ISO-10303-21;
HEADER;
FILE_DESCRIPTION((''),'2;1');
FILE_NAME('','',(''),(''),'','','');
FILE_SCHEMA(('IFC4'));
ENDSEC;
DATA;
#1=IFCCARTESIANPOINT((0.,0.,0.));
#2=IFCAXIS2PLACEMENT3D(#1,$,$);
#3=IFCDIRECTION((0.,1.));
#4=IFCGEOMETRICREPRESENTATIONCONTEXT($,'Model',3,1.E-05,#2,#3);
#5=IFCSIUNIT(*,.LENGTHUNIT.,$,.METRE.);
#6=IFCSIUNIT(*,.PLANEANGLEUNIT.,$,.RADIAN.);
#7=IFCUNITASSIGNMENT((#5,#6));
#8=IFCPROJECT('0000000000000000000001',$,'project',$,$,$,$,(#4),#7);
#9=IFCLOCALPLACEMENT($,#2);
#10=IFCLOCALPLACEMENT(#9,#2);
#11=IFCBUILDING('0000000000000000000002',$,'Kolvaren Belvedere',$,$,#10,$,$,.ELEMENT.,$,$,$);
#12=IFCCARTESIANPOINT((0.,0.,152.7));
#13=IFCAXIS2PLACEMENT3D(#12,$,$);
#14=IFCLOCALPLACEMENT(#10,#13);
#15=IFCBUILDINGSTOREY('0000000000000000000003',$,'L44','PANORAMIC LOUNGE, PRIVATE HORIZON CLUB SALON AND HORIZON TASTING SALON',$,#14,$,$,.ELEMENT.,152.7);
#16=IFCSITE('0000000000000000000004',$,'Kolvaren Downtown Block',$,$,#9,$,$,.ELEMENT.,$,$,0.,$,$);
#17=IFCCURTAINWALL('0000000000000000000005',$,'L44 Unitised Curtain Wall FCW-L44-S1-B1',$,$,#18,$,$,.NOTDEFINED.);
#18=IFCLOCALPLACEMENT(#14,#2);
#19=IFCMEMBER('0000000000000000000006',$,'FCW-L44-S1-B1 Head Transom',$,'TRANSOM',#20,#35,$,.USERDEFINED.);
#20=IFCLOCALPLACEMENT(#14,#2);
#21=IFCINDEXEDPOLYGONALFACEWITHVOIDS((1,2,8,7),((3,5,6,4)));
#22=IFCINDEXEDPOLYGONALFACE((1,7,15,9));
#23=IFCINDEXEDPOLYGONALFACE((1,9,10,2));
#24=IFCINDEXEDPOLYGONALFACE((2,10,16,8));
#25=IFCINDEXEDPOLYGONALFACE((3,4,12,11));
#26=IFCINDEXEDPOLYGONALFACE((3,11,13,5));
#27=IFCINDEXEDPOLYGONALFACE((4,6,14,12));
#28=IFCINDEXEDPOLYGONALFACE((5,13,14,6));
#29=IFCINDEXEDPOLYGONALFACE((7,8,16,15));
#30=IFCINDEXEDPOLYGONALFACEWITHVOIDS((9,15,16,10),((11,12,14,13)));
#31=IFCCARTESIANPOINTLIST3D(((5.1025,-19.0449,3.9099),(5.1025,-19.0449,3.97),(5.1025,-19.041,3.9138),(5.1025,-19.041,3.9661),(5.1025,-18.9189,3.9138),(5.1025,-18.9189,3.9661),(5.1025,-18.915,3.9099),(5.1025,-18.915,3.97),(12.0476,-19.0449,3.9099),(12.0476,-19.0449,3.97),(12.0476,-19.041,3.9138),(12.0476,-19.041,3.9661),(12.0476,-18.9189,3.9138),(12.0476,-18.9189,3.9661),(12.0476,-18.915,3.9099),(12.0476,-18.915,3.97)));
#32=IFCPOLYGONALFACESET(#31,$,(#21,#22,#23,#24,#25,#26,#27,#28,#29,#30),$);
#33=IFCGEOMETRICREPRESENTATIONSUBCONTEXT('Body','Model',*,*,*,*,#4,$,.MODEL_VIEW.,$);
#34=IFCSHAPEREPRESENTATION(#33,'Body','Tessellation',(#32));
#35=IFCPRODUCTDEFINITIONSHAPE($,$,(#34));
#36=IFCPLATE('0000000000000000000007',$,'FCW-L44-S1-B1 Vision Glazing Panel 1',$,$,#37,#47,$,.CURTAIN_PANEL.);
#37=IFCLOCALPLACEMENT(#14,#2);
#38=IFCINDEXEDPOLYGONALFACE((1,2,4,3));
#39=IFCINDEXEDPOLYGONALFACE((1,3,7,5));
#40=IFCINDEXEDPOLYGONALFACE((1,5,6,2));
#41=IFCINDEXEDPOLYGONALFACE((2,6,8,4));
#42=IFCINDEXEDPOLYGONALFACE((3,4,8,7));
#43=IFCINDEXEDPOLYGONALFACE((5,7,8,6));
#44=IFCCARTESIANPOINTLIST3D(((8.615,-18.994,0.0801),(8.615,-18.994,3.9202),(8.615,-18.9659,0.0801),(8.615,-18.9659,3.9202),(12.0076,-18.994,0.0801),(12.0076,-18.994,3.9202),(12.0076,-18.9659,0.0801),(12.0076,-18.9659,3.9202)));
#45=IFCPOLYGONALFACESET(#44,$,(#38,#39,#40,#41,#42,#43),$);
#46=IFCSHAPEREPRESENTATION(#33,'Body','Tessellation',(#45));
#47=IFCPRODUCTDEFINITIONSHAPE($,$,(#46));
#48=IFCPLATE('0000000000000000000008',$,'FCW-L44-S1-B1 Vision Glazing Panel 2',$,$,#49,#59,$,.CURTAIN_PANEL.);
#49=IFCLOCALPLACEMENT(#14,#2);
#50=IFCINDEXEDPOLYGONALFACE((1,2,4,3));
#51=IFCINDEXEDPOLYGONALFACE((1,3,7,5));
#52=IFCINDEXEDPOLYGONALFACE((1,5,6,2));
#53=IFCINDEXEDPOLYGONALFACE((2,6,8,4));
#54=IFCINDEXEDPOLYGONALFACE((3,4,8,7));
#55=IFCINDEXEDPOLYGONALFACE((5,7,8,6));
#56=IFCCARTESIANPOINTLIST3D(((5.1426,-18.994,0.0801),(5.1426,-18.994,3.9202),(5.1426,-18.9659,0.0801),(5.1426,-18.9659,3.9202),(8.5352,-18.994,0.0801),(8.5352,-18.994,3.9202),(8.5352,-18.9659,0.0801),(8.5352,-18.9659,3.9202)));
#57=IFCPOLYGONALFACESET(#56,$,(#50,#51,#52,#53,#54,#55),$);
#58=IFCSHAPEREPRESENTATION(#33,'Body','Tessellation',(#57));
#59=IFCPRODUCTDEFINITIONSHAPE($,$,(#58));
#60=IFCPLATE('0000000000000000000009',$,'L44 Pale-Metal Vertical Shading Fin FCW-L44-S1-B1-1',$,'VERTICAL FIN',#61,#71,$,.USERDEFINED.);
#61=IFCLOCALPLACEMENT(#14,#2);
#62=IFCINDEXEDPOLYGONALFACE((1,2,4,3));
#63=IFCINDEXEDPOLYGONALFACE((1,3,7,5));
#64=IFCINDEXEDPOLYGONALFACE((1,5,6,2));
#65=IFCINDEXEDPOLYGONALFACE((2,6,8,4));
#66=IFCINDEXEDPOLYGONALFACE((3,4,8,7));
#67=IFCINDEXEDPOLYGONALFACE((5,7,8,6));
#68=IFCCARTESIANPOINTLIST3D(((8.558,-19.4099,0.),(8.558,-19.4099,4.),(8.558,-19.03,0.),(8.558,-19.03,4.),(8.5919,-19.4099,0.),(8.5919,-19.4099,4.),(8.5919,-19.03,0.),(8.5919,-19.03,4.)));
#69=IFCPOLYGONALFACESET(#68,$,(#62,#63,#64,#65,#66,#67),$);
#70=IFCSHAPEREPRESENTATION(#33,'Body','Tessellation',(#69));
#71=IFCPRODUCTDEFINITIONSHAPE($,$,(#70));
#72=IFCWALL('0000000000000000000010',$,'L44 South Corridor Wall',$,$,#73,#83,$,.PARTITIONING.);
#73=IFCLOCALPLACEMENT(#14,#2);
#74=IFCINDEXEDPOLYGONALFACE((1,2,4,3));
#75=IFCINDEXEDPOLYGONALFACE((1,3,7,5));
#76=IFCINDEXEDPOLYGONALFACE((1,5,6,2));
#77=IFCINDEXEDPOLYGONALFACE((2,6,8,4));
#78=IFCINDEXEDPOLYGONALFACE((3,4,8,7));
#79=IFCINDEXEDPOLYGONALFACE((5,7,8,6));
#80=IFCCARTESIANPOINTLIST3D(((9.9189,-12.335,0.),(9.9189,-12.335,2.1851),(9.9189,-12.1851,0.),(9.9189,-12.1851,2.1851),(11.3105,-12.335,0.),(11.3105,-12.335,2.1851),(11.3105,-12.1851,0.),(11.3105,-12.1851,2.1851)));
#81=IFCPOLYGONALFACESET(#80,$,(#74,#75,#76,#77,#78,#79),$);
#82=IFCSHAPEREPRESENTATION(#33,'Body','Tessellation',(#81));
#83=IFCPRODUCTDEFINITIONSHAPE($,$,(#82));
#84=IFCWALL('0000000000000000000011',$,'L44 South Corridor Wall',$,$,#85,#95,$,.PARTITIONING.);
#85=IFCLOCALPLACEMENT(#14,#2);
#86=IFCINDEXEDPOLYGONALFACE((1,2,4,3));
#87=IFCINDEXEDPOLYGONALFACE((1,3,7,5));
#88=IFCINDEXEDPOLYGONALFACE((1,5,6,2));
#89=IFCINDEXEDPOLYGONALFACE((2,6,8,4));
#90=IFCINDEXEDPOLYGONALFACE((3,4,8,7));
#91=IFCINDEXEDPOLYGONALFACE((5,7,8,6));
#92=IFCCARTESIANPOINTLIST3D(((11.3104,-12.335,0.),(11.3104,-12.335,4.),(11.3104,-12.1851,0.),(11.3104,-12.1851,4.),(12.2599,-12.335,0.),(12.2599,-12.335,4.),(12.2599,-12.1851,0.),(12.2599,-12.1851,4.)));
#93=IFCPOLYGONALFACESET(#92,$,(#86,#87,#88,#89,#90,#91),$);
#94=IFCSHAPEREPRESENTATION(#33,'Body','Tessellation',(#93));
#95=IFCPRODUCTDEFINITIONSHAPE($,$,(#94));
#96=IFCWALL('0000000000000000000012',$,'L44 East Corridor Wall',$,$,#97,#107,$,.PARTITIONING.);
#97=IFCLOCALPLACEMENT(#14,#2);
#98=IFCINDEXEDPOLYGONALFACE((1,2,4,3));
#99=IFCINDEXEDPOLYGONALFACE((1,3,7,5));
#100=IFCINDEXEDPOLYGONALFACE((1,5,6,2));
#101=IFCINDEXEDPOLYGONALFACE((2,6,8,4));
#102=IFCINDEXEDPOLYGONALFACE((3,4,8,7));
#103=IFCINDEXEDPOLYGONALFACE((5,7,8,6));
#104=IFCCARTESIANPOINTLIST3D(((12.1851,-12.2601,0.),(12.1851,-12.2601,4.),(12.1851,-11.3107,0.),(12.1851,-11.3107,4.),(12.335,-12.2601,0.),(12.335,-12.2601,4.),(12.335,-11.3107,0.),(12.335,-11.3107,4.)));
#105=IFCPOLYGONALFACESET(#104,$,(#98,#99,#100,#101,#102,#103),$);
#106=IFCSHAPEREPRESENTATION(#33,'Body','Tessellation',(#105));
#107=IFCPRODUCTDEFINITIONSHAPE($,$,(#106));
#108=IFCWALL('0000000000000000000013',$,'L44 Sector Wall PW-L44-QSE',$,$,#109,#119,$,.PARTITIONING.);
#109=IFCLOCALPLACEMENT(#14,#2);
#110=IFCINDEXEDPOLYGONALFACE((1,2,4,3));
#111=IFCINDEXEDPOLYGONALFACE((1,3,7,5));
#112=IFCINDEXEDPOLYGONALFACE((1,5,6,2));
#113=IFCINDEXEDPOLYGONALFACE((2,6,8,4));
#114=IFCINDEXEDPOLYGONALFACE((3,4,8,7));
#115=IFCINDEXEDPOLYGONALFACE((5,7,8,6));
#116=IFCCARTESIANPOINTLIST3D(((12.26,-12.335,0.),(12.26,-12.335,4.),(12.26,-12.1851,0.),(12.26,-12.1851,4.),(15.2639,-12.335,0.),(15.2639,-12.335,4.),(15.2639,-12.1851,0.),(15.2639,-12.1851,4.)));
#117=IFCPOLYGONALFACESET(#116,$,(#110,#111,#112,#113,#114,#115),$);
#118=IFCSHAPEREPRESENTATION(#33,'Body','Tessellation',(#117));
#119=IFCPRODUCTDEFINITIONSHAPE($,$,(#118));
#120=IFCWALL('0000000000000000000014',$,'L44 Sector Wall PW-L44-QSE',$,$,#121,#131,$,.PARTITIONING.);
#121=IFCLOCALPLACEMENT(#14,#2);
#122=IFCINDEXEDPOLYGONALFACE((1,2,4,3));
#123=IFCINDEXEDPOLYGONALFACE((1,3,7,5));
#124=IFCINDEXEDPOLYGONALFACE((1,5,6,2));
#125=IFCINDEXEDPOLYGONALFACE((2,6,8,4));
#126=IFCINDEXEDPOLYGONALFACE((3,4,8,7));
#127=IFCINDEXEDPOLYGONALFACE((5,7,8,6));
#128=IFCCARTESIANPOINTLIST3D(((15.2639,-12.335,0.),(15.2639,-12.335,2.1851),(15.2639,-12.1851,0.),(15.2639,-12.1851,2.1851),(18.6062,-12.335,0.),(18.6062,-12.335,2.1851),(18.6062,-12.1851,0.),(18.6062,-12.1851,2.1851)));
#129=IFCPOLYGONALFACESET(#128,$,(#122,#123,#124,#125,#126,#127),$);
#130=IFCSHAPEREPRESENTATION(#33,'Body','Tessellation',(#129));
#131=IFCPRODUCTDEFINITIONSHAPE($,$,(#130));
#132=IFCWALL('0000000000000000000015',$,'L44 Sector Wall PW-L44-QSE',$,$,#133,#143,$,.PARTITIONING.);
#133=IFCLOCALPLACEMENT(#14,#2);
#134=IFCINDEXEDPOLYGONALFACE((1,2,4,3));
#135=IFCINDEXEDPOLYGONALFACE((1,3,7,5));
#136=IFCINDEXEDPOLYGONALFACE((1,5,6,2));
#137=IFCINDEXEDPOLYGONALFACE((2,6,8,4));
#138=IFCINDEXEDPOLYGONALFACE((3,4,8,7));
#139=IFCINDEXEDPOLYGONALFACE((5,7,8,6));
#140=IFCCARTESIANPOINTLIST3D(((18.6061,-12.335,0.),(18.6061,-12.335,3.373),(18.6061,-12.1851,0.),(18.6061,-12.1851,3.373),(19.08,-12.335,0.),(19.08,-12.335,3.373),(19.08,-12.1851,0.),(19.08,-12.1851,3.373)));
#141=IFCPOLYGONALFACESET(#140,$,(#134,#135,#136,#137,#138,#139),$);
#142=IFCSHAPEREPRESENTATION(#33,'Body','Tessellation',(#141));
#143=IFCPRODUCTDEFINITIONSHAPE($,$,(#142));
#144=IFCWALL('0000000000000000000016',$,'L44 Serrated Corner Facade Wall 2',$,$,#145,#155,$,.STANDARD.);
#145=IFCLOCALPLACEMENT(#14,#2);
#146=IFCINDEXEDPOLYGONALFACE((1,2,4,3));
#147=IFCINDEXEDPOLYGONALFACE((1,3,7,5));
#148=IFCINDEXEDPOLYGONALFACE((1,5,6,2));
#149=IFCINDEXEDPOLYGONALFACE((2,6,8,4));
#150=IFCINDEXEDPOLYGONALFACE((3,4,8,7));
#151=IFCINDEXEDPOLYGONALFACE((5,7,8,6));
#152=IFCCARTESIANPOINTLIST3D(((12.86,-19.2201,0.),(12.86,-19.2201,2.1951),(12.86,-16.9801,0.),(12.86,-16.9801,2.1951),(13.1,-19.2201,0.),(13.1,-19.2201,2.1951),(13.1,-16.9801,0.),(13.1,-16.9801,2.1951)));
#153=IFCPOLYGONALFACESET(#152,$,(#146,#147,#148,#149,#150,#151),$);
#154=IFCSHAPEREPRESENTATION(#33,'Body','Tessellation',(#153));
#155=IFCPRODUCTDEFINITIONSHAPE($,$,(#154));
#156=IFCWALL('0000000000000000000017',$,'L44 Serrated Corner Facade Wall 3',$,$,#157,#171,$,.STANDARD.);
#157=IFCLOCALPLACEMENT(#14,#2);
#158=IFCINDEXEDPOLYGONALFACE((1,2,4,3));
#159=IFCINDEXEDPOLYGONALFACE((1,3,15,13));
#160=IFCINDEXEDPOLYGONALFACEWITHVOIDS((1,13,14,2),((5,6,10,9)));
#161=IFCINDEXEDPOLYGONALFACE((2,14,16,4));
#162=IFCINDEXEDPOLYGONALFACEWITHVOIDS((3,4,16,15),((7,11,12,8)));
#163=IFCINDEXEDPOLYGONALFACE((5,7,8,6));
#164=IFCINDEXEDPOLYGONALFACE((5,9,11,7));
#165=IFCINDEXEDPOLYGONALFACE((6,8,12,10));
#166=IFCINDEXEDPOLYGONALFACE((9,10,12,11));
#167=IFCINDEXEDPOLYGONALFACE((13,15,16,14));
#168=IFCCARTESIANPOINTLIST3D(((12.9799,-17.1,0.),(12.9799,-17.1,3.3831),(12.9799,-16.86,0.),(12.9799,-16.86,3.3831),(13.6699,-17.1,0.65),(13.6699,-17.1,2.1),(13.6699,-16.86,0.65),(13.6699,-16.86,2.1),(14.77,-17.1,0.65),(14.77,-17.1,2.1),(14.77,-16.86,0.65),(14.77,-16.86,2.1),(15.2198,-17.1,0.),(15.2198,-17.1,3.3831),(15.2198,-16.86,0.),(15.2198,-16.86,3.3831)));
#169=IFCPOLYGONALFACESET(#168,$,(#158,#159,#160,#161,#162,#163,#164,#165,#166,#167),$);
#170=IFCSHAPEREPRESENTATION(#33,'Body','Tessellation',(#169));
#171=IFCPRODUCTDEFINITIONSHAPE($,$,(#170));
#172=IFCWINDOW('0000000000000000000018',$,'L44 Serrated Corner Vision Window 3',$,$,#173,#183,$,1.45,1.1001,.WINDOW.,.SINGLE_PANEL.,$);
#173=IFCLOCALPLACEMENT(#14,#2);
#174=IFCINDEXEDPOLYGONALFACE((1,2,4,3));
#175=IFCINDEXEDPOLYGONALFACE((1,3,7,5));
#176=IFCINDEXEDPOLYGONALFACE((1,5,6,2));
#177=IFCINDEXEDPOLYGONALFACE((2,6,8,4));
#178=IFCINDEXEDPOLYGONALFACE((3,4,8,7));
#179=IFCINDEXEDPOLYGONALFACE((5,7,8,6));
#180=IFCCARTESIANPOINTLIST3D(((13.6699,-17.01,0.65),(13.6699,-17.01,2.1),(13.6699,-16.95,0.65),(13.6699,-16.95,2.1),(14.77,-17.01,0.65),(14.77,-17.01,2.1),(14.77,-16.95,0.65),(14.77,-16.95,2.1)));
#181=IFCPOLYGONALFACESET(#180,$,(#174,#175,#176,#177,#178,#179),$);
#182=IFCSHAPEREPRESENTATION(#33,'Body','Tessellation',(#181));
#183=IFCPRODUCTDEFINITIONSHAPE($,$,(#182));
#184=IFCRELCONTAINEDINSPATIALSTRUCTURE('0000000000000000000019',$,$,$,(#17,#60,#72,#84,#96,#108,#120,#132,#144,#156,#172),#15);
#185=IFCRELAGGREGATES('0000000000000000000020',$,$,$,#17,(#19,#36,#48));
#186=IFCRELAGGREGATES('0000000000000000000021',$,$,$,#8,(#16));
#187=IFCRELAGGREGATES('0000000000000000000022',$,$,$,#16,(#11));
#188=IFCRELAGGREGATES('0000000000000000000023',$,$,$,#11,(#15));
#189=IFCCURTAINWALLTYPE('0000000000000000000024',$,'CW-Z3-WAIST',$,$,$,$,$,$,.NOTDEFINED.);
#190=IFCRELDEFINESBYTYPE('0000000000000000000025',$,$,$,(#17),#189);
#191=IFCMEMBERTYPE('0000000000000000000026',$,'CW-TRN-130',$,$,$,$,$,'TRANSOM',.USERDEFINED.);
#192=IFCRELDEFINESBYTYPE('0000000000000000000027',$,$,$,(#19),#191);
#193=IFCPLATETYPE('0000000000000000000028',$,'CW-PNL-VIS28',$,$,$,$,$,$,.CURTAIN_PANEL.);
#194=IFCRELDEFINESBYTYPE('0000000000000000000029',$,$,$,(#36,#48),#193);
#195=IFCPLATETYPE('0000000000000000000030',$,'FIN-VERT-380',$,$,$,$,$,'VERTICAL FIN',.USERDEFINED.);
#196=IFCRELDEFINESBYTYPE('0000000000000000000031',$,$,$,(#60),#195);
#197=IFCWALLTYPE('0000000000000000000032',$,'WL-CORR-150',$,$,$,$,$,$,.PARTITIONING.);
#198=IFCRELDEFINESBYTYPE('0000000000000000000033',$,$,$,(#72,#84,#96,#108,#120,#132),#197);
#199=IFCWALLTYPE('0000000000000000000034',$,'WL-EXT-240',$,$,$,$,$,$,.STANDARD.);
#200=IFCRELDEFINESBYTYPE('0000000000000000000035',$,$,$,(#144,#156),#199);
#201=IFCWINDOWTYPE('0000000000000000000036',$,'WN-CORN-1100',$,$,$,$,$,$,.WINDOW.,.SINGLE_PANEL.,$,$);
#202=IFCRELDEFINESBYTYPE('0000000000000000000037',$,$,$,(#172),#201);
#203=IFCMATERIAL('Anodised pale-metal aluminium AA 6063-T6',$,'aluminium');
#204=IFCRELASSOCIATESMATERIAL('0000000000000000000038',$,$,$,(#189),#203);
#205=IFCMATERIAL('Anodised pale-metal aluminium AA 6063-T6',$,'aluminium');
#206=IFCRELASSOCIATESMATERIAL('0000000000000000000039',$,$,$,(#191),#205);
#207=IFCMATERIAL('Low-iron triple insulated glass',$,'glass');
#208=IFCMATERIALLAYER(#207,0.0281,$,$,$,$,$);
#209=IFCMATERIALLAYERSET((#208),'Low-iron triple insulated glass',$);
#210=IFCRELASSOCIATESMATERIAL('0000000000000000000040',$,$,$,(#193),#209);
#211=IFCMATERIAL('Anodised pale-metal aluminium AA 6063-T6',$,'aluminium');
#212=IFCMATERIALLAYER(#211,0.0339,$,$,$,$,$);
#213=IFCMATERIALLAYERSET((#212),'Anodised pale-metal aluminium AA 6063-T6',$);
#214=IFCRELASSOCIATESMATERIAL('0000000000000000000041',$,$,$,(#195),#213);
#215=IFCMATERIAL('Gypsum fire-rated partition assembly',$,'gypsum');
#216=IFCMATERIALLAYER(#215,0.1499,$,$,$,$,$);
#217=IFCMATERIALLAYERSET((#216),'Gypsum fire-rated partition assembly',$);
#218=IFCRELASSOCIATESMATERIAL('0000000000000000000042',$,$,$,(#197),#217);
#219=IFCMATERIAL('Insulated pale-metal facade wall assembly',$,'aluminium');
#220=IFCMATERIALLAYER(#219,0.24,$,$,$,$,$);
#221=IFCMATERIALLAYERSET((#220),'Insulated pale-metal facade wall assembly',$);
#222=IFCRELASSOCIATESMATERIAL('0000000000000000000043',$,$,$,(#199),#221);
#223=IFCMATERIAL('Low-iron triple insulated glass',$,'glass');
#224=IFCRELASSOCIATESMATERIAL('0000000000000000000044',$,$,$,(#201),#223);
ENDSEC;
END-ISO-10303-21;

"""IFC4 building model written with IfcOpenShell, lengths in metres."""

from ifc_helpers import new_model, si_unit, direction, frame, frame_2d, origin, origin_2d, place, context, subcontext, project, spatial, rectangle, hollow_rectangle, extrude, material, layer, layer_set, material_profile, profile_set, type_object, element, fill, aggregate, save


model = new_model("IFC4")

# Units and contexts
model_context = context("Model", 3, precision=1e-05, world=origin(), true_north=direction((0.0, 1.0)))
body_context = subcontext(model_context, "Body", "Model", "MODEL_VIEW")
ifc_project = project(units=[si_unit("LENGTHUNIT", "METRE"), si_unit("PLANEANGLEUNIT", "RADIAN")], contexts=[model_context])

# Site, building, storey
site_placement = place(None, origin())
site = spatial("IfcSite", under=ifc_project, at=site_placement, Name="Kolvaren Downtown Block", CompositionType="ELEMENT", RefElevation=0.0)
building_placement = place(site_placement, origin())
building = spatial("IfcBuilding", under=site, at=building_placement, Name="Kolvaren Belvedere", CompositionType="ELEMENT")
storey_placement = place(building_placement, frame((0.0, 0.0, 152.7)))
storey = spatial("IfcBuildingStorey", under=building, at=storey_placement, Name="L44", Description="PANORAMIC LOUNGE, PRIVATE HORIZON CLUB SALON AND HORIZON TASTING SALON", CompositionType="ELEMENT", Elevation=152.7)

# Curtain wall, member, plates
ifc_material_1 = material(Name="Anodised pale-metal aluminium AA 6063-T6", Category="aluminium")
curtain_wall_type = type_object("IfcCurtainWallType", Name="CW-Z3-WAIST", PredefinedType="NOTDEFINED", material=ifc_material_1)
curtain_wall_placement = place(storey_placement, origin())
curtain_wall = element("IfcCurtainWall", 1, at=curtain_wall_placement, inside=storey, type_object=curtain_wall_type, Name="L44 Unitised Curtain Wall FCW-L44-S1-B1", PredefinedType="NOTDEFINED")
ifc_material_2 = material(Name="Anodised pale-metal aluminium AA 6063-T6", Category="aluminium")
ifc_material_profile_1 = material_profile(ifc_material_2, hollow_rectangle(XDim=0.0601, YDim=0.1299, WallThickness=0.0039, at=origin_2d()), Name="ALU-TRN-130X60")
ifc_profile_set_1 = profile_set([ifc_material_profile_1], Name="Anodised pale-metal aluminium AA 6063-T6")
member_type_1 = type_object("IfcMemberType", Name="CW-TRN-130", ElementType="TRANSOM", PredefinedType="USERDEFINED", material=ifc_profile_set_1)
member_1_placement = place(storey_placement, frame((12.0476, -18.98, 3.9399), z_axis=(-1.0, 0.0, 0.0), x_axis=(0.0, 0.0, 1.0)))
member_1 = element("IfcMember", 2, at=member_1_placement, type_object=member_type_1, Name="FCW-L44-S1-B1 Head Transom", ObjectType="TRANSOM", PredefinedType="USERDEFINED", context=body_context, shape_type="SweptSolid", body=[
    extrude(hollow_rectangle(XDim=0.0601, YDim=0.1299, WallThickness=0.0039, at=origin_2d()), origin(), (0.0, 0.0, 1.0), 6.9451),
])
ifc_material_3 = material(Name="Low-iron triple insulated glass", Category="glass")
ifc_layer_1 = layer(ifc_material_3, 0.0281)
ifc_layer_set_1 = layer_set([ifc_layer_1], Name="Low-iron triple insulated glass")
plate_type_1 = type_object("IfcPlateType", Name="CW-PNL-VIS28", PredefinedType="CURTAIN_PANEL", material=ifc_layer_set_1)
plate_1_placement = place(storey_placement, frame((10.3113, -18.98, 0.0801), z_axis=(0.0, 0.0, 1.0), x_axis=(-1.0, 0.0, 0.0)))
plate_1 = element("IfcPlate", 3, at=plate_1_placement, type_object=plate_type_1, Name="FCW-L44-S1-B1 Vision Glazing Panel 1", PredefinedType="CURTAIN_PANEL", context=body_context, shape_type="SweptSolid", body=[
    extrude(rectangle(XDim=3.3926, YDim=0.0281, at=origin_2d()), origin(), (0.0, 0.0, 1.0), 3.8401),
])
plate_2_placement = place(storey_placement, frame((6.8389, -18.98, 0.0801), z_axis=(0.0, 0.0, 1.0), x_axis=(-1.0, 0.0, 0.0)))
plate_2 = element("IfcPlate", 4, at=plate_2_placement, type_object=plate_type_1, Name="FCW-L44-S1-B1 Vision Glazing Panel 2", PredefinedType="CURTAIN_PANEL", context=body_context, shape_type="SweptSolid", body=[
    extrude(rectangle(XDim=3.3926, YDim=0.0281, at=origin_2d()), origin(), (0.0, 0.0, 1.0), 3.8401),
])
aggregate(curtain_wall, [member_1, plate_1, plate_2])

# Plate
ifc_material_4 = material(Name="Anodised pale-metal aluminium AA 6063-T6", Category="aluminium")
ifc_layer_2 = layer(ifc_material_4, 0.0339)
ifc_layer_set_2 = layer_set([ifc_layer_2], Name="Anodised pale-metal aluminium AA 6063-T6")
plate_type_2 = type_object("IfcPlateType", Name="FIN-VERT-380", ElementType="VERTICAL FIN", PredefinedType="USERDEFINED", material=ifc_layer_set_2)
plate_3_placement = place(storey_placement, frame((8.575, -19.22, 0.0), z_axis=(0.0, 0.0, 1.0), x_axis=(0.0, 1.0, 0.0)))
element("IfcPlate", 5, at=plate_3_placement, inside=storey, type_object=plate_type_2, Name="L44 Pale-Metal Vertical Shading Fin FCW-L44-S1-B1-1", ObjectType="VERTICAL FIN", PredefinedType="USERDEFINED", context=body_context, shape_type="SweptSolid", body=[
    extrude(rectangle(XDim=0.3799, YDim=0.0339, at=origin_2d()), origin(), (0.0, 0.0, 1.0), 4.0),
])

# Walls
ifc_material_5 = material(Name="Gypsum fire-rated partition assembly", Category="gypsum")
ifc_layer_3 = layer(ifc_material_5, 0.1499)
ifc_layer_set_3 = layer_set([ifc_layer_3], Name="Gypsum fire-rated partition assembly")
wall_type_1 = type_object("IfcWallType", Name="WL-CORR-150", PredefinedType="PARTITIONING", material=ifc_layer_set_3)
wall_1_placement = place(storey_placement, frame((9.9189, -12.26, 0.0), z_axis=(0.0, 0.0, 1.0), x_axis=(1.0, 0.0, 0.0)))
element("IfcWall", 6, at=wall_1_placement, inside=storey, type_object=wall_type_1, Name="L44 South Corridor Wall", PredefinedType="PARTITIONING", context=body_context, shape_type="SweptSolid", body=[
    extrude(rectangle(XDim=1.3916, YDim=0.1499, at=frame_2d((0.6958, 0.0))), origin(), (0.0, 0.0, 1.0), 2.1851),
])
for number, where, z_axis, x_axis, name in (
    (7, (11.3105, -12.26, 0.0), (0.0, 0.0, 1.0), (1.0, 0.0, 0.0), "L44 South Corridor Wall"),
    (8, (12.26, -12.26, 0.0), (0.0, 0.0, 1.0), (0.0, 1.0, 0.0), "L44 East Corridor Wall"),
):
    element("IfcWall", number, at=place(storey_placement, frame(where, z_axis=z_axis, x_axis=x_axis)), inside=storey, type_object=wall_type_1, Name=name, PredefinedType="PARTITIONING", context=body_context, shape_type="SweptSolid", body=[
        extrude(rectangle(XDim=0.9495, YDim=0.1499, at=frame_2d((0.4746, 0.0))), origin(), (0.0, 0.0, 1.0), 4.0),
    ])
wall_2_placement = place(storey_placement, frame((12.26, -12.26, 0.0), z_axis=(0.0, 0.0, 1.0), x_axis=(1.0, 0.0, 0.0)))
element("IfcWall", 9, at=wall_2_placement, inside=storey, type_object=wall_type_1, Name="L44 Sector Wall PW-L44-QSE", PredefinedType="PARTITIONING", context=body_context, shape_type="SweptSolid", body=[
    extrude(rectangle(XDim=3.0039, YDim=0.1499, at=frame_2d((1.502, 0.0))), origin(), (0.0, 0.0, 1.0), 4.0),
])
wall_3_placement = place(storey_placement, frame((15.2639, -12.26, 0.0), z_axis=(0.0, 0.0, 1.0), x_axis=(1.0, 0.0, 0.0)))
element("IfcWall", 10, at=wall_3_placement, inside=storey, type_object=wall_type_1, Name="L44 Sector Wall PW-L44-QSE", PredefinedType="PARTITIONING", context=body_context, shape_type="SweptSolid", body=[
    extrude(rectangle(XDim=3.3423, YDim=0.1499, at=frame_2d((1.6711, 0.0))), origin(), (0.0, 0.0, 1.0), 2.1851),
])
wall_4_placement = place(storey_placement, frame((18.6062, -12.26, 0.0), z_axis=(0.0, 0.0, 1.0), x_axis=(1.0, 0.0, 0.0)))
element("IfcWall", 11, at=wall_4_placement, inside=storey, type_object=wall_type_1, Name="L44 Sector Wall PW-L44-QSE", PredefinedType="PARTITIONING", context=body_context, shape_type="SweptSolid", body=[
    extrude(rectangle(XDim=0.4739, YDim=0.1499, at=frame_2d((0.2368, 0.0))), origin(), (0.0, 0.0, 1.0), 3.373),
])
ifc_material_6 = material(Name="Insulated pale-metal facade wall assembly", Category="aluminium")
ifc_layer_4 = layer(ifc_material_6, 0.24)
ifc_layer_set_4 = layer_set([ifc_layer_4], Name="Insulated pale-metal facade wall assembly")
wall_type_2 = type_object("IfcWallType", Name="WL-EXT-240", PredefinedType="STANDARD", material=ifc_layer_set_4)
wall_5_placement = place(storey_placement, frame((12.98, -16.98, 0.0), z_axis=(0.0, 0.0, 1.0), x_axis=(0.0, -1.0, 0.0)))
element("IfcWall", 12, at=wall_5_placement, inside=storey, type_object=wall_type_2, Name="L44 Serrated Corner Facade Wall 2", PredefinedType="STANDARD", context=body_context, shape_type="SweptSolid", body=[
    extrude(rectangle(XDim=2.24, YDim=0.24, at=frame_2d((1.1201, 0.0))), origin(), (0.0, 0.0, 1.0), 2.1951),
])

# Wall, opening, window
wall_6_placement = place(storey_placement, frame((15.22, -16.98, 0.0), z_axis=(0.0, 0.0, 1.0), x_axis=(-1.0, 0.0, 0.0)))
wall_6 = element("IfcWall", 13, at=wall_6_placement, inside=storey, type_object=wall_type_2, Name="L44 Serrated Corner Facade Wall 3", PredefinedType="STANDARD", context=body_context, shape_type="SweptSolid", body=[
    extrude(rectangle(XDim=2.24, YDim=0.24, at=frame_2d((1.1201, 0.0))), origin(), (0.0, 0.0, 1.0), 3.3831),
])
opening_1_placement = place(wall_6_placement, frame((0.45, 0.0, 0.6499)))
opening_1 = element("IfcOpeningElement", 14, at=opening_1_placement, cuts=wall_6, PredefinedType="OPENING", context=body_context, shape_type="SweptSolid", body=[
    extrude(rectangle(XDim=1.1001, YDim=1.45, at=frame_2d((0.55, 0.7251))), frame((0.0, 0.1299, 0.0), z_axis=(0.0, -1.0, 0.0), x_axis=(1.0, 0.0, 0.0)), (0.0, 0.0, 1.0), 0.26),
])
ifc_material_7 = material(Name="Low-iron triple insulated glass", Category="glass")
window_type = type_object("IfcWindowType", Name="WN-CORN-1100", PartitioningType="SINGLE_PANEL", PredefinedType="WINDOW", material=ifc_material_7)
window_1_placement = place(opening_1_placement, origin())
window_1 = element("IfcWindow", 15, at=window_1_placement, inside=storey, type_object=window_type, Name="L44 Serrated Corner Vision Window 3", OverallHeight=1.45, OverallWidth=1.1001, PartitioningType="SINGLE_PANEL", PredefinedType="WINDOW", context=body_context, shape_type="SweptSolid", body=[
    extrude(rectangle(XDim=1.1001, YDim=1.45, at=frame_2d((0.55, 0.7251))), frame((0.0, 0.03, 0.0), z_axis=(0.0, -1.0, 0.0), x_axis=(1.0, 0.0, 0.0)), (0.0, 0.0, 1.0), 0.0601),
])
fill(opening_1, window_1)

save(model, "model.ifc")
